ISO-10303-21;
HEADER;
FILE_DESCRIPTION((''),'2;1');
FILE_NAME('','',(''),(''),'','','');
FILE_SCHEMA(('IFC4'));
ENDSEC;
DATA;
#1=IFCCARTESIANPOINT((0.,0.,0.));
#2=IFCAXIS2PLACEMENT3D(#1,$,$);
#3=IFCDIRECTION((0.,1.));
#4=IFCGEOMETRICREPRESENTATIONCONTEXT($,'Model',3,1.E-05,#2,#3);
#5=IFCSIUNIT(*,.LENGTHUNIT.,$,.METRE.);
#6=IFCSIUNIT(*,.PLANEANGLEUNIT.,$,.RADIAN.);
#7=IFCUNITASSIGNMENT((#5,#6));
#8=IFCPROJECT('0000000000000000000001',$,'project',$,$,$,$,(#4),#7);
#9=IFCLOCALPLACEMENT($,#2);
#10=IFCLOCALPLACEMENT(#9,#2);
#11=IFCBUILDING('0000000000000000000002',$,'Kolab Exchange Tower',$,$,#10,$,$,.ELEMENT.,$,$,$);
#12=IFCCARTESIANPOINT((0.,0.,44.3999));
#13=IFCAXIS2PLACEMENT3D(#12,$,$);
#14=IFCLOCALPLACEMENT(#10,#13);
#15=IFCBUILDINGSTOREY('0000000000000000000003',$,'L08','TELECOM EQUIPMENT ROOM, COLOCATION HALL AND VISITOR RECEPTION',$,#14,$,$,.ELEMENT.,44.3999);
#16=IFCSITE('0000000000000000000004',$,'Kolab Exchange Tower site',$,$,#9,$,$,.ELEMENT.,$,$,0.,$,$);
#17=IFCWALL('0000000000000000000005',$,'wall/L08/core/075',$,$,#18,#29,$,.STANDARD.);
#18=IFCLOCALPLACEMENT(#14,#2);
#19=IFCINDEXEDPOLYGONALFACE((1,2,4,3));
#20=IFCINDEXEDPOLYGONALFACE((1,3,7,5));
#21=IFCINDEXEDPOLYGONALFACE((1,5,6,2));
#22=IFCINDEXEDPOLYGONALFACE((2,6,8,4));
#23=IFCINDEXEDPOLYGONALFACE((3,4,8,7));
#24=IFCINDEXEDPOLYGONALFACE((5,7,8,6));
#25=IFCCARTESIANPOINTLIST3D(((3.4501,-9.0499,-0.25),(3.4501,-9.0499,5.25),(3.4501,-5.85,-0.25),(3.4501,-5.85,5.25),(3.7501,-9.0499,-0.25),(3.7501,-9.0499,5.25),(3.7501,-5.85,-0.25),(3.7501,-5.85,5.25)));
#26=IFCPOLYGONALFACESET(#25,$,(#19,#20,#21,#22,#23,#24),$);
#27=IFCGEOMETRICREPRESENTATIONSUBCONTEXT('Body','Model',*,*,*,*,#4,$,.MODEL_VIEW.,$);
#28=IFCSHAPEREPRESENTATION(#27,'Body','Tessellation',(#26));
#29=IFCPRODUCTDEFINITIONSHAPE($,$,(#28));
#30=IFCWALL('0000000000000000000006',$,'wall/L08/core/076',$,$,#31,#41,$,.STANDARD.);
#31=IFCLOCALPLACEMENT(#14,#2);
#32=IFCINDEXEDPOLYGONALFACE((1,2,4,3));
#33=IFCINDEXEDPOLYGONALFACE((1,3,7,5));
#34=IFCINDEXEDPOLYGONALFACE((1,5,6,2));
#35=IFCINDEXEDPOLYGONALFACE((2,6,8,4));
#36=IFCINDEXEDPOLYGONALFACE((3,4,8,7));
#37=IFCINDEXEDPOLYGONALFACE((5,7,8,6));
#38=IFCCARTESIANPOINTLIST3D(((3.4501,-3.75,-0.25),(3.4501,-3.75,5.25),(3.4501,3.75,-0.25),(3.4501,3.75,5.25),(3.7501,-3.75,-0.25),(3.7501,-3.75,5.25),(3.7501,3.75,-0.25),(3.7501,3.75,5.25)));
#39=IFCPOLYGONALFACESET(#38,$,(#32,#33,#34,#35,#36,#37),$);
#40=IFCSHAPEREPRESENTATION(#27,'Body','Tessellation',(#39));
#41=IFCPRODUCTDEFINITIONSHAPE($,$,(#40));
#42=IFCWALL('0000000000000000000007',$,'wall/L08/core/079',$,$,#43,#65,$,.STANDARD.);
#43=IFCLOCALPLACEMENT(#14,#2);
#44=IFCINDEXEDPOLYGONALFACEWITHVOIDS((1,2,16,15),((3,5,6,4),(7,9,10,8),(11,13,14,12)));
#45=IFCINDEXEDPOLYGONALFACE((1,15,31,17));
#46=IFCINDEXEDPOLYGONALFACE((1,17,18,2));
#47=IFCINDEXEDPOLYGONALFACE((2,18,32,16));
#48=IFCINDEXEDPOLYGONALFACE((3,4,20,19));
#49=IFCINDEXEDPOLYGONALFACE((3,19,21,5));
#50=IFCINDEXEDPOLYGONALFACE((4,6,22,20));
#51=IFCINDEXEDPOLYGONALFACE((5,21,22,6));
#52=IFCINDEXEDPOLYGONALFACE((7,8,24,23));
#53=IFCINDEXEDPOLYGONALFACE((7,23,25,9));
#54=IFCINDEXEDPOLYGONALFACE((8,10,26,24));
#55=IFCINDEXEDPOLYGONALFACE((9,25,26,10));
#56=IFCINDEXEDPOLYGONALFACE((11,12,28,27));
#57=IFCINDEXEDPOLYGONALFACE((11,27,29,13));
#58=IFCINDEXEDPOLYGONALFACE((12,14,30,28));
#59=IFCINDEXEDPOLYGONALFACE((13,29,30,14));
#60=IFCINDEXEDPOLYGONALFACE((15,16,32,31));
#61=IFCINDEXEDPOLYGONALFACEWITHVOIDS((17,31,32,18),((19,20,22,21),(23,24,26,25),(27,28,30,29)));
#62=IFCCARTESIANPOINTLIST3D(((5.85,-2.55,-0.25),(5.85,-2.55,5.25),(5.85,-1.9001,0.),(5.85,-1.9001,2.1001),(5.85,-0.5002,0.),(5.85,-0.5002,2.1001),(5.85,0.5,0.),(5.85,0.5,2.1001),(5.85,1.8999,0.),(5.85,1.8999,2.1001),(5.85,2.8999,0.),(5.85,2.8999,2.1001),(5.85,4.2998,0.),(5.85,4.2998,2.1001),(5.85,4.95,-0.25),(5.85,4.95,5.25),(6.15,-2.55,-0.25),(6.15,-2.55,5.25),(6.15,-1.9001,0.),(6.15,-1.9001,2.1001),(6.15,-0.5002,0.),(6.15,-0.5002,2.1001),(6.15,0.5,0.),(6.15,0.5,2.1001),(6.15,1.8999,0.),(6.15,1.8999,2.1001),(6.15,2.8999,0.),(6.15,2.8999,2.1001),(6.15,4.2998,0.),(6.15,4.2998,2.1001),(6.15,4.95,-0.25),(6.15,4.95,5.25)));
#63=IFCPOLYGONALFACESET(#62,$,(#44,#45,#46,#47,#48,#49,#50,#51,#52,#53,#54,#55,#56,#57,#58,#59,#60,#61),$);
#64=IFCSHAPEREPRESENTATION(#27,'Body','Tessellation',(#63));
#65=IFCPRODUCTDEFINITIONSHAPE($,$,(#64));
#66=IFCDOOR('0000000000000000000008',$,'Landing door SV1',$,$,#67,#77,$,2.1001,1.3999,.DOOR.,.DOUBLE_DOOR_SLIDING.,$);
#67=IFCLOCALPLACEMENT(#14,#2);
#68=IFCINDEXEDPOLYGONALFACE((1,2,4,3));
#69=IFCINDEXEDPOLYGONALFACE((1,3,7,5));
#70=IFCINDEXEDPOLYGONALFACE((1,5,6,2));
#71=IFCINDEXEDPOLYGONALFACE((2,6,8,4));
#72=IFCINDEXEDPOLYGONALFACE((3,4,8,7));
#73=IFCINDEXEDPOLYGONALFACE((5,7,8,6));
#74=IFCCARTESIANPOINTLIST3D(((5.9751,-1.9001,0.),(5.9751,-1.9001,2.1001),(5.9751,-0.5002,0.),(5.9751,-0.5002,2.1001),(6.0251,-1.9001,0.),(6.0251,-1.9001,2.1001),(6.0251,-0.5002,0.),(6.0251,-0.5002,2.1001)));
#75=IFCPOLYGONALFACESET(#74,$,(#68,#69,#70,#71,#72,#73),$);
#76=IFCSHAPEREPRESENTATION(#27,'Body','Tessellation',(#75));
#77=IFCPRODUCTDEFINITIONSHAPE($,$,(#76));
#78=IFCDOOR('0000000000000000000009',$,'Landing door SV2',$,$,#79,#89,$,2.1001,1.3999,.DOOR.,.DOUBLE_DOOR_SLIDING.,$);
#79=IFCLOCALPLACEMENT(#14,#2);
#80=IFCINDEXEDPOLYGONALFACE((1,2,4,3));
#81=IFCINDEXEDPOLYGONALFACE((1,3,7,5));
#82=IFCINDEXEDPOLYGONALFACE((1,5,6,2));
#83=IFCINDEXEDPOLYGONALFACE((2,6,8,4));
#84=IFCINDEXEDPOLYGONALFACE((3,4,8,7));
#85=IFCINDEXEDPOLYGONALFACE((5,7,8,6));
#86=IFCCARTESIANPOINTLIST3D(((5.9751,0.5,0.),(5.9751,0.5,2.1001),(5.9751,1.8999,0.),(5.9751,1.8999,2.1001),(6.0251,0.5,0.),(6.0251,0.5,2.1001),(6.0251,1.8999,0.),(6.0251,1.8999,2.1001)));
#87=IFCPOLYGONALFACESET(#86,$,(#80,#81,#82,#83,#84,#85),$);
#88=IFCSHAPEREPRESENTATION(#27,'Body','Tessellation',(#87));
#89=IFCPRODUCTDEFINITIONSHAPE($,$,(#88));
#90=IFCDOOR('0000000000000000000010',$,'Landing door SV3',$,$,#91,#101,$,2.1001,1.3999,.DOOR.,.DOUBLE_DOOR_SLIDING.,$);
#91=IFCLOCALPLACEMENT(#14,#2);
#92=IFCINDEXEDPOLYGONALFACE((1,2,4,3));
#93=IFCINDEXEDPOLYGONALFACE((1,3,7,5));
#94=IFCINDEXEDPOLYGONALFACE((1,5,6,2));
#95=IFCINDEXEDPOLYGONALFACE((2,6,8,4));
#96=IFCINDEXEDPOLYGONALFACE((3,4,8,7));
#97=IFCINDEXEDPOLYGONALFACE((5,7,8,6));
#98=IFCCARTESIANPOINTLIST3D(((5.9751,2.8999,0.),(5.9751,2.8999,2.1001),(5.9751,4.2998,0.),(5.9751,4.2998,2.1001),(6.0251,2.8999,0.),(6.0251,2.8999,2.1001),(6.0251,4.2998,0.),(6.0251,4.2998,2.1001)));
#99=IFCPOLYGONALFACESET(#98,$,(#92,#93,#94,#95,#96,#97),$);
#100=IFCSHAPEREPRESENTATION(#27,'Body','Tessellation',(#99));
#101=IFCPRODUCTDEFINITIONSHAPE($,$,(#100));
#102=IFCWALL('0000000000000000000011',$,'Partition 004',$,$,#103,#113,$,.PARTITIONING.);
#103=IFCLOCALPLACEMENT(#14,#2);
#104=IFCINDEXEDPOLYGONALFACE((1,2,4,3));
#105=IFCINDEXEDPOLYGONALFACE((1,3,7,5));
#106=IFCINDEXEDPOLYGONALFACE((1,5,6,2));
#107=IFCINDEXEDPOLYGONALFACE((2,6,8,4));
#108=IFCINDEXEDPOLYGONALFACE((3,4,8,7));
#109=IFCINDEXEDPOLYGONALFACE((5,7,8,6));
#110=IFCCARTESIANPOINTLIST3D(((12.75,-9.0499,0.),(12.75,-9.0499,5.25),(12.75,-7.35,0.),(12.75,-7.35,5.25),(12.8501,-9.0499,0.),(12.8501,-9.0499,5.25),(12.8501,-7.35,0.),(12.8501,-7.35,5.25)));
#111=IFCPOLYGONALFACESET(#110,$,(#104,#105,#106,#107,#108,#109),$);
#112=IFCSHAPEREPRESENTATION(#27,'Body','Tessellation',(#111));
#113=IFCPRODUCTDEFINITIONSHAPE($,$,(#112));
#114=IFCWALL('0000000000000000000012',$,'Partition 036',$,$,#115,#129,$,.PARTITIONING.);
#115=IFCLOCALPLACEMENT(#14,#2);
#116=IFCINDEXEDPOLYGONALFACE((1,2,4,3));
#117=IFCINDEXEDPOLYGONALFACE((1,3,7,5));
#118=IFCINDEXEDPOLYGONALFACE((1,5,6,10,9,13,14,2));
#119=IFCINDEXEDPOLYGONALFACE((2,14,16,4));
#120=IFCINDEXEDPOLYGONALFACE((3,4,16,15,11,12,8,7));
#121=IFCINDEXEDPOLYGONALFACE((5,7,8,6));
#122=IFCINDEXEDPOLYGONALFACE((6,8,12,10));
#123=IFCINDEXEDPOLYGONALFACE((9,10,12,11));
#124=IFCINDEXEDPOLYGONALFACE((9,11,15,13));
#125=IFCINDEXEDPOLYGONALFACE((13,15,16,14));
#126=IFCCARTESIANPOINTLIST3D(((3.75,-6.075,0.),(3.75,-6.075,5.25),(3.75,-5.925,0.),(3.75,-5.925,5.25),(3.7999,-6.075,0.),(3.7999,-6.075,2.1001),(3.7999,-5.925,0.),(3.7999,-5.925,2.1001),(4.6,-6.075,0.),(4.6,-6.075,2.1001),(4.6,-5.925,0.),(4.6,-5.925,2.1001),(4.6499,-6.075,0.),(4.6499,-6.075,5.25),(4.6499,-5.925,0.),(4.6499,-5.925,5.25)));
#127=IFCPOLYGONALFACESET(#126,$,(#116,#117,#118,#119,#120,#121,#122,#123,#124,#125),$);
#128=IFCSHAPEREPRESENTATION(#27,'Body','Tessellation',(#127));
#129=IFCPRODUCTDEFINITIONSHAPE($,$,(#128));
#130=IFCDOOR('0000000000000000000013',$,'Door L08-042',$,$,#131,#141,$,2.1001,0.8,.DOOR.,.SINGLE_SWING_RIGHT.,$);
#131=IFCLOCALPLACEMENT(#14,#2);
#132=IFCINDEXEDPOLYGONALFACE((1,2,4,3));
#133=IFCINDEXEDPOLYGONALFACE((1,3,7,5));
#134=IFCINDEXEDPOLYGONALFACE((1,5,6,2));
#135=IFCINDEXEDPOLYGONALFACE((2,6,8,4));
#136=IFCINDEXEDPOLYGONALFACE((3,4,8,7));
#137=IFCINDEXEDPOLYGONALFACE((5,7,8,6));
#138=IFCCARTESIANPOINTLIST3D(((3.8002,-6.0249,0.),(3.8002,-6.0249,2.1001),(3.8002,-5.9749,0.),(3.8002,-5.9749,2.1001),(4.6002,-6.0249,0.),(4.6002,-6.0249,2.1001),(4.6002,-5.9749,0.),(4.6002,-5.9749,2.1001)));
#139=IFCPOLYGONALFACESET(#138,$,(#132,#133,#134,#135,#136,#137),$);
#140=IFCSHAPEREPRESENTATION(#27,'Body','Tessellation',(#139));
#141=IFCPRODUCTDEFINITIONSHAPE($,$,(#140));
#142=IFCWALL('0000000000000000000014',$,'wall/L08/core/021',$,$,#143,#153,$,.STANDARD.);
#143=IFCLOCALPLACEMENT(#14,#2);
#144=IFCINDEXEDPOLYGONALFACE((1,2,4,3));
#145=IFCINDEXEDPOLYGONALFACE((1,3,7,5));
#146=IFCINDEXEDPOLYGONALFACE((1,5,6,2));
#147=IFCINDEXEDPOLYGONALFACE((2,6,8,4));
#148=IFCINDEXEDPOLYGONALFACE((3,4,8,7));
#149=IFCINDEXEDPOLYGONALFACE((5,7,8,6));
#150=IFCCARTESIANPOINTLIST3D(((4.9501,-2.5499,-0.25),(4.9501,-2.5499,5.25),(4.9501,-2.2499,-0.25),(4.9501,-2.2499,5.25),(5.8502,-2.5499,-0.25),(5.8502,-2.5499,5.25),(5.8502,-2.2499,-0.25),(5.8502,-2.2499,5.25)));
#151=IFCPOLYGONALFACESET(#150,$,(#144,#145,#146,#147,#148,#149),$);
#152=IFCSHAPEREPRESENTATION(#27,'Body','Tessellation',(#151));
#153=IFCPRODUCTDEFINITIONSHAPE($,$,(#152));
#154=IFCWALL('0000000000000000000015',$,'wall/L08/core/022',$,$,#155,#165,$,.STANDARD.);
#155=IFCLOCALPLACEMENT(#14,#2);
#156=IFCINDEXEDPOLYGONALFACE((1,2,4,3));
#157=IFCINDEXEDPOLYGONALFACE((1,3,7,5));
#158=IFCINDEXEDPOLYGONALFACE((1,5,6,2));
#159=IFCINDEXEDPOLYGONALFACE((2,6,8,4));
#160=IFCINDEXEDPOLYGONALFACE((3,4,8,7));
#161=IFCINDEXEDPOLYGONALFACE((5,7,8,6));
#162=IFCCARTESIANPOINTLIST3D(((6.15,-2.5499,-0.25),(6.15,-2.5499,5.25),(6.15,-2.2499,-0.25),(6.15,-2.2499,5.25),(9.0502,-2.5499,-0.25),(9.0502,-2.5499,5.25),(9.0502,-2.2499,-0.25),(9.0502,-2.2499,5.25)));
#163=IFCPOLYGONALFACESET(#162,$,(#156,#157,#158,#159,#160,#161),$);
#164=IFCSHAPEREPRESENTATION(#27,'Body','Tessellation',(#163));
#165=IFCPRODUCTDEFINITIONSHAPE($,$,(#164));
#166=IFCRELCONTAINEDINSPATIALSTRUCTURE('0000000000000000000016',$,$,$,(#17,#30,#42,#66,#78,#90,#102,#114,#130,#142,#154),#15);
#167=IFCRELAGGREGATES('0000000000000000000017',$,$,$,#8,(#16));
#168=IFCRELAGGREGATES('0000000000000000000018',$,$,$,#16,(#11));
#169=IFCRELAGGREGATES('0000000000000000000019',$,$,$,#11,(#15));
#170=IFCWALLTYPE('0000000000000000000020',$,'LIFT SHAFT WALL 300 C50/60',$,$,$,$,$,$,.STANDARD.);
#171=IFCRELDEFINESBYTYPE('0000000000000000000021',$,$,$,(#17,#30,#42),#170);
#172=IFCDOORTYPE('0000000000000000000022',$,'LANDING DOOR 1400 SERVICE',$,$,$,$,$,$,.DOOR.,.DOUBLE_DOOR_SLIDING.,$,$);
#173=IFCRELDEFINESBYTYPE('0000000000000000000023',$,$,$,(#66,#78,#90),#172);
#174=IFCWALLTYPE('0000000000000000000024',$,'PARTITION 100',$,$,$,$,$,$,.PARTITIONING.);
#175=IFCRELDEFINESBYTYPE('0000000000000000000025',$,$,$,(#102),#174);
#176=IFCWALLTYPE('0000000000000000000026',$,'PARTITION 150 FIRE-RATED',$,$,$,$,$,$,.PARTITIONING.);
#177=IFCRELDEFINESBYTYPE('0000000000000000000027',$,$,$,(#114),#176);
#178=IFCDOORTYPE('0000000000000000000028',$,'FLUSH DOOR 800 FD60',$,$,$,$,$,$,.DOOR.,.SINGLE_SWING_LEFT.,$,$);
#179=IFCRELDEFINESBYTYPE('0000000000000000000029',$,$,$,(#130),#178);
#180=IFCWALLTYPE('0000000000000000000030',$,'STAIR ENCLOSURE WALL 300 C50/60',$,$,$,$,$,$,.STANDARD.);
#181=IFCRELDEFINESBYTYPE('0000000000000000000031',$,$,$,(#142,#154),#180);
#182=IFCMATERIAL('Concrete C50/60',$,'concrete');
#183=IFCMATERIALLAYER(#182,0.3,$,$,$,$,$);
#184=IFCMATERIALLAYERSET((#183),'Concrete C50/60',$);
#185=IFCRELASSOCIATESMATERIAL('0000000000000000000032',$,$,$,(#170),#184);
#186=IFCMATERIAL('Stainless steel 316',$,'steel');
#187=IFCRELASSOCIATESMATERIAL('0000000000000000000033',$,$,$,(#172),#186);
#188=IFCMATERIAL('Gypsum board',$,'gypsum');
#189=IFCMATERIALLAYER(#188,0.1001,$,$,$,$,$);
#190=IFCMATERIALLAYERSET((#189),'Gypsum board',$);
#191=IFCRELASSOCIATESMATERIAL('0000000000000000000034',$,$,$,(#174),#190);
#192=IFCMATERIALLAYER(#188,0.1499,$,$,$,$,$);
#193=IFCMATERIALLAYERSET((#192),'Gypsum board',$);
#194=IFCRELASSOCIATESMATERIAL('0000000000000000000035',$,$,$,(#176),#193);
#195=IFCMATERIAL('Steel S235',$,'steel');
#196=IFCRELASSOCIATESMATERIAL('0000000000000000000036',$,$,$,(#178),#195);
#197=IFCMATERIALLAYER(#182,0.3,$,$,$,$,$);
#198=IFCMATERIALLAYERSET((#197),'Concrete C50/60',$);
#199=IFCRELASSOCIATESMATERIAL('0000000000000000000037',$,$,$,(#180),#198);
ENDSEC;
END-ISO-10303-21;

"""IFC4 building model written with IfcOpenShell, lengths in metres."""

from ifc_helpers import new_model, si_unit, direction, frame, frame_2d, origin, place, context, subcontext, project, spatial, rectangle, extrude, material, layer, layer_set, type_object, element, fill, save


model = new_model("IFC4")

# Units and contexts
model_context = context("Model", 3, precision=1e-05, world=origin(), true_north=direction((0.0, 1.0)))
body_context = subcontext(model_context, "Body", "Model", "MODEL_VIEW")
ifc_project = project(units=[si_unit("LENGTHUNIT", "METRE"), si_unit("PLANEANGLEUNIT", "RADIAN")], contexts=[model_context])

# Site, building, storey
site_placement = place(None, origin())
site = spatial("IfcSite", under=ifc_project, at=site_placement, Name="Kolab Exchange Tower site", CompositionType="ELEMENT", RefElevation=0.0)
building_placement = place(site_placement, origin())
building = spatial("IfcBuilding", under=site, at=building_placement, Name="Kolab Exchange Tower", CompositionType="ELEMENT")
storey_placement = place(building_placement, frame((0.0, 0.0, 44.3999)))
storey = spatial("IfcBuildingStorey", under=building, at=storey_placement, Name="L08", Description="TELECOM EQUIPMENT ROOM, COLOCATION HALL AND VISITOR RECEPTION", CompositionType="ELEMENT", Elevation=44.3999)

# Shared definitions
ifc_material_1 = material(Name="Concrete C50/60", Category="concrete")
ifc_layer_1 = layer(ifc_material_1, 0.3)
ifc_layer_set_1 = layer_set([ifc_layer_1], Name="Concrete C50/60")
wall_type_1 = type_object("IfcWallType", Name="LIFT SHAFT WALL 300 C50/60", PredefinedType="STANDARD", material=ifc_layer_set_1)

# Shared definitions
ifc_material_2 = material(Name="Steel S235", Category="steel")

# Walls
wall_1_placement = place(storey_placement, frame((3.6001, -9.05, -0.25), z_axis=(0.0, 0.0, 1.0), x_axis=(0.0, 1.0, 0.0)))
element("IfcWall", 1, at=wall_1_placement, inside=storey, type_object=wall_type_1, Name="wall/L08/core/075", PredefinedType="STANDARD", context=body_context, shape_type="SweptSolid", body=[
    extrude(rectangle(XDim=3.2, YDim=0.3, at=frame_2d((1.6001, 0.0))), origin(), (0.0, 0.0, 1.0), 5.5),
])
wall_2_placement = place(storey_placement, frame((3.6001, -3.75, -0.25), z_axis=(0.0, 0.0, 1.0), x_axis=(0.0, 1.0, 0.0)))
element("IfcWall", 2, at=wall_2_placement, inside=storey, type_object=wall_type_1, Name="wall/L08/core/076", PredefinedType="STANDARD", context=body_context, shape_type="SweptSolid", body=[
    extrude(rectangle(XDim=7.5, YDim=0.3, at=frame_2d((3.75, 0.0))), origin(), (0.0, 0.0, 1.0), 5.5),
])

# Wall, openings, doors
wall_3_placement = place(storey_placement, frame((6.0, -2.55, -0.25), z_axis=(0.0, 0.0, 1.0), x_axis=(0.0, 1.0, 0.0)))
wall_3 = element("IfcWall", 3, at=wall_3_placement, inside=storey, type_object=wall_type_1, Name="wall/L08/core/079", PredefinedType="STANDARD", context=body_context, shape_type="SweptSolid", body=[
    extrude(rectangle(XDim=7.5, YDim=0.3, at=frame_2d((3.75, 0.0))), origin(), (0.0, 0.0, 1.0), 5.5),
])
opening_1_placement = place(wall_3_placement, frame((0.6499, 0.0, 0.25)))
opening_1 = element("IfcOpeningElement", 4, at=opening_1_placement, cuts=wall_3, PredefinedType="OPENING", context=body_context, shape_type="SweptSolid", body=[
    extrude(rectangle(XDim=1.3999, YDim=2.1001, at=frame_2d((0.7, 1.05))), frame((0.0, 0.1602, 0.0), z_axis=(0.0, -1.0, 0.0), x_axis=(1.0, 0.0, 0.0)), (0.0, 0.0, 1.0), 0.3201),
])
opening_2_placement = place(wall_3_placement, frame((3.05, 0.0, 0.25)))
opening_2 = element("IfcOpeningElement", 5, at=opening_2_placement, cuts=wall_3, PredefinedType="OPENING", context=body_context, shape_type="SweptSolid", body=[
    extrude(rectangle(XDim=1.3999, YDim=2.1001, at=frame_2d((0.7, 1.05))), frame((0.0, 0.1602, 0.0), z_axis=(0.0, -1.0, 0.0), x_axis=(1.0, 0.0, 0.0)), (0.0, 0.0, 1.0), 0.3201),
])
opening_3_placement = place(wall_3_placement, frame((5.45, 0.0, 0.25)))
opening_3 = element("IfcOpeningElement", 6, at=opening_3_placement, cuts=wall_3, PredefinedType="OPENING", context=body_context, shape_type="SweptSolid", body=[
    extrude(rectangle(XDim=1.3999, YDim=2.1001, at=frame_2d((0.7, 1.05))), frame((0.0, 0.1602, 0.0), z_axis=(0.0, -1.0, 0.0), x_axis=(1.0, 0.0, 0.0)), (0.0, 0.0, 1.0), 0.3201),
])
ifc_material_3 = material(Name="Stainless steel 316", Category="steel")
door_type_1 = type_object("IfcDoorType", Name="LANDING DOOR 1400 SERVICE", OperationType="DOUBLE_DOOR_SLIDING", PredefinedType="DOOR", material=ifc_material_3)
door_1_placement = place(opening_1_placement, origin())
door_1 = element("IfcDoor", 7, at=door_1_placement, inside=storey, type_object=door_type_1, Name="Landing door SV1", OperationType="DOUBLE_DOOR_SLIDING", OverallHeight=2.1001, OverallWidth=1.3999, PredefinedType="DOOR", context=body_context, shape_type="SweptSolid", body=[
    extrude(rectangle(XDim=1.3999, YDim=2.1001, at=frame_2d((0.7, 1.05))), frame((0.0, 0.0249, 0.0), z_axis=(0.0, -1.0, 0.0), x_axis=(1.0, 0.0, 0.0)), (0.0, 0.0, 1.0), 0.05),
])
fill(opening_1, door_1)
door_2_placement = place(opening_2_placement, origin())
door_2 = element("IfcDoor", 8, at=door_2_placement, inside=storey, type_object=door_type_1, Name="Landing door SV2", OperationType="DOUBLE_DOOR_SLIDING", OverallHeight=2.1001, OverallWidth=1.3999, PredefinedType="DOOR", context=body_context, shape_type="SweptSolid", body=[
    extrude(rectangle(XDim=1.3999, YDim=2.1001, at=frame_2d((0.7, 1.05))), frame((0.0, 0.0249, 0.0), z_axis=(0.0, -1.0, 0.0), x_axis=(1.0, 0.0, 0.0)), (0.0, 0.0, 1.0), 0.05),
])
fill(opening_2, door_2)
door_3_placement = place(opening_3_placement, origin())
door_3 = element("IfcDoor", 9, at=door_3_placement, inside=storey, type_object=door_type_1, Name="Landing door SV3", OperationType="DOUBLE_DOOR_SLIDING", OverallHeight=2.1001, OverallWidth=1.3999, PredefinedType="DOOR", context=body_context, shape_type="SweptSolid", body=[
    extrude(rectangle(XDim=1.3999, YDim=2.1001, at=frame_2d((0.7, 1.05))), frame((0.0, 0.0249, 0.0), z_axis=(0.0, -1.0, 0.0), x_axis=(1.0, 0.0, 0.0)), (0.0, 0.0, 1.0), 0.05),
])
fill(opening_3, door_3)

# Wall
ifc_material_4 = material(Name="Gypsum board", Category="gypsum")
ifc_layer_2 = layer(ifc_material_4, 0.1001)
ifc_layer_set_2 = layer_set([ifc_layer_2], Name="Gypsum board")
wall_type_2 = type_object("IfcWallType", Name="PARTITION 100", PredefinedType="PARTITIONING", material=ifc_layer_set_2)
wall_4_placement = place(storey_placement, frame((12.8, -9.05, 0.0), z_axis=(0.0, 0.0, 1.0), x_axis=(0.0, 1.0, 0.0)))
element("IfcWall", 10, at=wall_4_placement, inside=storey, type_object=wall_type_2, Name="Partition 004", PredefinedType="PARTITIONING", context=body_context, shape_type="SweptSolid", body=[
    extrude(rectangle(XDim=1.7, YDim=0.1001, at=frame_2d((0.8501, 0.0))), origin(), (0.0, 0.0, 1.0), 5.25),
])

# Wall, opening, door
ifc_layer_3 = layer(ifc_material_4, 0.1499)
ifc_layer_set_3 = layer_set([ifc_layer_3], Name="Gypsum board")
wall_type_3 = type_object("IfcWallType", Name="PARTITION 150 FIRE-RATED", PredefinedType="PARTITIONING", material=ifc_layer_set_3)
wall_5_placement = place(storey_placement, frame((3.75, -6.0, 0.0), z_axis=(0.0, 0.0, 1.0), x_axis=(1.0, 0.0, 0.0)))
wall_5 = element("IfcWall", 11, at=wall_5_placement, inside=storey, type_object=wall_type_3, Name="Partition 036", PredefinedType="PARTITIONING", context=body_context, shape_type="SweptSolid", body=[
    extrude(rectangle(XDim=0.8999, YDim=0.1499, at=frame_2d((0.45, 0.0))), origin(), (0.0, 0.0, 1.0), 5.25),
])
opening_4_placement = place(wall_5_placement, frame((0.05, 0.0, 0.0)))
opening_4 = element("IfcOpeningElement", 12, at=opening_4_placement, cuts=wall_5, PredefinedType="OPENING", context=body_context, shape_type="SweptSolid", body=[
    extrude(rectangle(XDim=0.8, YDim=2.1001, at=frame_2d((0.3999, 1.05))), frame((0.0, 0.085, 0.0), z_axis=(0.0, -1.0, 0.0), x_axis=(1.0, 0.0, 0.0)), (0.0, 0.0, 1.0), 0.1699),
])
door_type_2 = type_object("IfcDoorType", Name="FLUSH DOOR 800 FD60", OperationType="SINGLE_SWING_LEFT", PredefinedType="DOOR", material=ifc_material_2)
door_4_placement = place(opening_4_placement, frame((0.8, 0.0, 0.0), z_axis=(0.0, 0.0, 1.0), x_axis=(-1.0, 0.0, 0.0)))
door_4 = element("IfcDoor", 13, at=door_4_placement, inside=storey, type_object=door_type_2, Name="Door L08-042", OperationType="SINGLE_SWING_RIGHT", OverallHeight=2.1001, OverallWidth=0.8, PredefinedType="DOOR", context=body_context, shape_type="SweptSolid", body=[
    extrude(rectangle(XDim=0.8, YDim=2.1001, at=frame_2d((0.3999, 1.05))), frame((0.0, 0.0249, 0.0), z_axis=(0.0, -1.0, 0.0), x_axis=(1.0, 0.0, 0.0)), (0.0, 0.0, 1.0), 0.05),
])
fill(opening_4, door_4)

# Walls
ifc_layer_4 = layer(ifc_material_1, 0.3)
ifc_layer_set_4 = layer_set([ifc_layer_4], Name="Concrete C50/60")
wall_type_4 = type_object("IfcWallType", Name="STAIR ENCLOSURE WALL 300 C50/60", PredefinedType="STANDARD", material=ifc_layer_set_4)
wall_6_placement = place(storey_placement, frame((4.95, -2.3999, -0.25), z_axis=(0.0, 0.0, 1.0), x_axis=(1.0, 0.0, 0.0)))
element("IfcWall", 14, at=wall_6_placement, inside=storey, type_object=wall_type_4, Name="wall/L08/core/021", PredefinedType="STANDARD", context=body_context, shape_type="SweptSolid", body=[
    extrude(rectangle(XDim=0.9001, YDim=0.3, at=frame_2d((0.4502, 0.0))), origin(), (0.0, 0.0, 1.0), 5.5),
])
wall_7_placement = place(storey_placement, frame((6.1499, -2.3999, -0.25), z_axis=(0.0, 0.0, 1.0), x_axis=(1.0, 0.0, 0.0)))
element("IfcWall", 15, at=wall_7_placement, inside=storey, type_object=wall_type_4, Name="wall/L08/core/022", PredefinedType="STANDARD", context=body_context, shape_type="SweptSolid", body=[
    extrude(rectangle(XDim=2.9001, YDim=0.3, at=frame_2d((1.4502, 0.0))), origin(), (0.0, 0.0, 1.0), 5.5),
])

save(model, "model.ifc")
